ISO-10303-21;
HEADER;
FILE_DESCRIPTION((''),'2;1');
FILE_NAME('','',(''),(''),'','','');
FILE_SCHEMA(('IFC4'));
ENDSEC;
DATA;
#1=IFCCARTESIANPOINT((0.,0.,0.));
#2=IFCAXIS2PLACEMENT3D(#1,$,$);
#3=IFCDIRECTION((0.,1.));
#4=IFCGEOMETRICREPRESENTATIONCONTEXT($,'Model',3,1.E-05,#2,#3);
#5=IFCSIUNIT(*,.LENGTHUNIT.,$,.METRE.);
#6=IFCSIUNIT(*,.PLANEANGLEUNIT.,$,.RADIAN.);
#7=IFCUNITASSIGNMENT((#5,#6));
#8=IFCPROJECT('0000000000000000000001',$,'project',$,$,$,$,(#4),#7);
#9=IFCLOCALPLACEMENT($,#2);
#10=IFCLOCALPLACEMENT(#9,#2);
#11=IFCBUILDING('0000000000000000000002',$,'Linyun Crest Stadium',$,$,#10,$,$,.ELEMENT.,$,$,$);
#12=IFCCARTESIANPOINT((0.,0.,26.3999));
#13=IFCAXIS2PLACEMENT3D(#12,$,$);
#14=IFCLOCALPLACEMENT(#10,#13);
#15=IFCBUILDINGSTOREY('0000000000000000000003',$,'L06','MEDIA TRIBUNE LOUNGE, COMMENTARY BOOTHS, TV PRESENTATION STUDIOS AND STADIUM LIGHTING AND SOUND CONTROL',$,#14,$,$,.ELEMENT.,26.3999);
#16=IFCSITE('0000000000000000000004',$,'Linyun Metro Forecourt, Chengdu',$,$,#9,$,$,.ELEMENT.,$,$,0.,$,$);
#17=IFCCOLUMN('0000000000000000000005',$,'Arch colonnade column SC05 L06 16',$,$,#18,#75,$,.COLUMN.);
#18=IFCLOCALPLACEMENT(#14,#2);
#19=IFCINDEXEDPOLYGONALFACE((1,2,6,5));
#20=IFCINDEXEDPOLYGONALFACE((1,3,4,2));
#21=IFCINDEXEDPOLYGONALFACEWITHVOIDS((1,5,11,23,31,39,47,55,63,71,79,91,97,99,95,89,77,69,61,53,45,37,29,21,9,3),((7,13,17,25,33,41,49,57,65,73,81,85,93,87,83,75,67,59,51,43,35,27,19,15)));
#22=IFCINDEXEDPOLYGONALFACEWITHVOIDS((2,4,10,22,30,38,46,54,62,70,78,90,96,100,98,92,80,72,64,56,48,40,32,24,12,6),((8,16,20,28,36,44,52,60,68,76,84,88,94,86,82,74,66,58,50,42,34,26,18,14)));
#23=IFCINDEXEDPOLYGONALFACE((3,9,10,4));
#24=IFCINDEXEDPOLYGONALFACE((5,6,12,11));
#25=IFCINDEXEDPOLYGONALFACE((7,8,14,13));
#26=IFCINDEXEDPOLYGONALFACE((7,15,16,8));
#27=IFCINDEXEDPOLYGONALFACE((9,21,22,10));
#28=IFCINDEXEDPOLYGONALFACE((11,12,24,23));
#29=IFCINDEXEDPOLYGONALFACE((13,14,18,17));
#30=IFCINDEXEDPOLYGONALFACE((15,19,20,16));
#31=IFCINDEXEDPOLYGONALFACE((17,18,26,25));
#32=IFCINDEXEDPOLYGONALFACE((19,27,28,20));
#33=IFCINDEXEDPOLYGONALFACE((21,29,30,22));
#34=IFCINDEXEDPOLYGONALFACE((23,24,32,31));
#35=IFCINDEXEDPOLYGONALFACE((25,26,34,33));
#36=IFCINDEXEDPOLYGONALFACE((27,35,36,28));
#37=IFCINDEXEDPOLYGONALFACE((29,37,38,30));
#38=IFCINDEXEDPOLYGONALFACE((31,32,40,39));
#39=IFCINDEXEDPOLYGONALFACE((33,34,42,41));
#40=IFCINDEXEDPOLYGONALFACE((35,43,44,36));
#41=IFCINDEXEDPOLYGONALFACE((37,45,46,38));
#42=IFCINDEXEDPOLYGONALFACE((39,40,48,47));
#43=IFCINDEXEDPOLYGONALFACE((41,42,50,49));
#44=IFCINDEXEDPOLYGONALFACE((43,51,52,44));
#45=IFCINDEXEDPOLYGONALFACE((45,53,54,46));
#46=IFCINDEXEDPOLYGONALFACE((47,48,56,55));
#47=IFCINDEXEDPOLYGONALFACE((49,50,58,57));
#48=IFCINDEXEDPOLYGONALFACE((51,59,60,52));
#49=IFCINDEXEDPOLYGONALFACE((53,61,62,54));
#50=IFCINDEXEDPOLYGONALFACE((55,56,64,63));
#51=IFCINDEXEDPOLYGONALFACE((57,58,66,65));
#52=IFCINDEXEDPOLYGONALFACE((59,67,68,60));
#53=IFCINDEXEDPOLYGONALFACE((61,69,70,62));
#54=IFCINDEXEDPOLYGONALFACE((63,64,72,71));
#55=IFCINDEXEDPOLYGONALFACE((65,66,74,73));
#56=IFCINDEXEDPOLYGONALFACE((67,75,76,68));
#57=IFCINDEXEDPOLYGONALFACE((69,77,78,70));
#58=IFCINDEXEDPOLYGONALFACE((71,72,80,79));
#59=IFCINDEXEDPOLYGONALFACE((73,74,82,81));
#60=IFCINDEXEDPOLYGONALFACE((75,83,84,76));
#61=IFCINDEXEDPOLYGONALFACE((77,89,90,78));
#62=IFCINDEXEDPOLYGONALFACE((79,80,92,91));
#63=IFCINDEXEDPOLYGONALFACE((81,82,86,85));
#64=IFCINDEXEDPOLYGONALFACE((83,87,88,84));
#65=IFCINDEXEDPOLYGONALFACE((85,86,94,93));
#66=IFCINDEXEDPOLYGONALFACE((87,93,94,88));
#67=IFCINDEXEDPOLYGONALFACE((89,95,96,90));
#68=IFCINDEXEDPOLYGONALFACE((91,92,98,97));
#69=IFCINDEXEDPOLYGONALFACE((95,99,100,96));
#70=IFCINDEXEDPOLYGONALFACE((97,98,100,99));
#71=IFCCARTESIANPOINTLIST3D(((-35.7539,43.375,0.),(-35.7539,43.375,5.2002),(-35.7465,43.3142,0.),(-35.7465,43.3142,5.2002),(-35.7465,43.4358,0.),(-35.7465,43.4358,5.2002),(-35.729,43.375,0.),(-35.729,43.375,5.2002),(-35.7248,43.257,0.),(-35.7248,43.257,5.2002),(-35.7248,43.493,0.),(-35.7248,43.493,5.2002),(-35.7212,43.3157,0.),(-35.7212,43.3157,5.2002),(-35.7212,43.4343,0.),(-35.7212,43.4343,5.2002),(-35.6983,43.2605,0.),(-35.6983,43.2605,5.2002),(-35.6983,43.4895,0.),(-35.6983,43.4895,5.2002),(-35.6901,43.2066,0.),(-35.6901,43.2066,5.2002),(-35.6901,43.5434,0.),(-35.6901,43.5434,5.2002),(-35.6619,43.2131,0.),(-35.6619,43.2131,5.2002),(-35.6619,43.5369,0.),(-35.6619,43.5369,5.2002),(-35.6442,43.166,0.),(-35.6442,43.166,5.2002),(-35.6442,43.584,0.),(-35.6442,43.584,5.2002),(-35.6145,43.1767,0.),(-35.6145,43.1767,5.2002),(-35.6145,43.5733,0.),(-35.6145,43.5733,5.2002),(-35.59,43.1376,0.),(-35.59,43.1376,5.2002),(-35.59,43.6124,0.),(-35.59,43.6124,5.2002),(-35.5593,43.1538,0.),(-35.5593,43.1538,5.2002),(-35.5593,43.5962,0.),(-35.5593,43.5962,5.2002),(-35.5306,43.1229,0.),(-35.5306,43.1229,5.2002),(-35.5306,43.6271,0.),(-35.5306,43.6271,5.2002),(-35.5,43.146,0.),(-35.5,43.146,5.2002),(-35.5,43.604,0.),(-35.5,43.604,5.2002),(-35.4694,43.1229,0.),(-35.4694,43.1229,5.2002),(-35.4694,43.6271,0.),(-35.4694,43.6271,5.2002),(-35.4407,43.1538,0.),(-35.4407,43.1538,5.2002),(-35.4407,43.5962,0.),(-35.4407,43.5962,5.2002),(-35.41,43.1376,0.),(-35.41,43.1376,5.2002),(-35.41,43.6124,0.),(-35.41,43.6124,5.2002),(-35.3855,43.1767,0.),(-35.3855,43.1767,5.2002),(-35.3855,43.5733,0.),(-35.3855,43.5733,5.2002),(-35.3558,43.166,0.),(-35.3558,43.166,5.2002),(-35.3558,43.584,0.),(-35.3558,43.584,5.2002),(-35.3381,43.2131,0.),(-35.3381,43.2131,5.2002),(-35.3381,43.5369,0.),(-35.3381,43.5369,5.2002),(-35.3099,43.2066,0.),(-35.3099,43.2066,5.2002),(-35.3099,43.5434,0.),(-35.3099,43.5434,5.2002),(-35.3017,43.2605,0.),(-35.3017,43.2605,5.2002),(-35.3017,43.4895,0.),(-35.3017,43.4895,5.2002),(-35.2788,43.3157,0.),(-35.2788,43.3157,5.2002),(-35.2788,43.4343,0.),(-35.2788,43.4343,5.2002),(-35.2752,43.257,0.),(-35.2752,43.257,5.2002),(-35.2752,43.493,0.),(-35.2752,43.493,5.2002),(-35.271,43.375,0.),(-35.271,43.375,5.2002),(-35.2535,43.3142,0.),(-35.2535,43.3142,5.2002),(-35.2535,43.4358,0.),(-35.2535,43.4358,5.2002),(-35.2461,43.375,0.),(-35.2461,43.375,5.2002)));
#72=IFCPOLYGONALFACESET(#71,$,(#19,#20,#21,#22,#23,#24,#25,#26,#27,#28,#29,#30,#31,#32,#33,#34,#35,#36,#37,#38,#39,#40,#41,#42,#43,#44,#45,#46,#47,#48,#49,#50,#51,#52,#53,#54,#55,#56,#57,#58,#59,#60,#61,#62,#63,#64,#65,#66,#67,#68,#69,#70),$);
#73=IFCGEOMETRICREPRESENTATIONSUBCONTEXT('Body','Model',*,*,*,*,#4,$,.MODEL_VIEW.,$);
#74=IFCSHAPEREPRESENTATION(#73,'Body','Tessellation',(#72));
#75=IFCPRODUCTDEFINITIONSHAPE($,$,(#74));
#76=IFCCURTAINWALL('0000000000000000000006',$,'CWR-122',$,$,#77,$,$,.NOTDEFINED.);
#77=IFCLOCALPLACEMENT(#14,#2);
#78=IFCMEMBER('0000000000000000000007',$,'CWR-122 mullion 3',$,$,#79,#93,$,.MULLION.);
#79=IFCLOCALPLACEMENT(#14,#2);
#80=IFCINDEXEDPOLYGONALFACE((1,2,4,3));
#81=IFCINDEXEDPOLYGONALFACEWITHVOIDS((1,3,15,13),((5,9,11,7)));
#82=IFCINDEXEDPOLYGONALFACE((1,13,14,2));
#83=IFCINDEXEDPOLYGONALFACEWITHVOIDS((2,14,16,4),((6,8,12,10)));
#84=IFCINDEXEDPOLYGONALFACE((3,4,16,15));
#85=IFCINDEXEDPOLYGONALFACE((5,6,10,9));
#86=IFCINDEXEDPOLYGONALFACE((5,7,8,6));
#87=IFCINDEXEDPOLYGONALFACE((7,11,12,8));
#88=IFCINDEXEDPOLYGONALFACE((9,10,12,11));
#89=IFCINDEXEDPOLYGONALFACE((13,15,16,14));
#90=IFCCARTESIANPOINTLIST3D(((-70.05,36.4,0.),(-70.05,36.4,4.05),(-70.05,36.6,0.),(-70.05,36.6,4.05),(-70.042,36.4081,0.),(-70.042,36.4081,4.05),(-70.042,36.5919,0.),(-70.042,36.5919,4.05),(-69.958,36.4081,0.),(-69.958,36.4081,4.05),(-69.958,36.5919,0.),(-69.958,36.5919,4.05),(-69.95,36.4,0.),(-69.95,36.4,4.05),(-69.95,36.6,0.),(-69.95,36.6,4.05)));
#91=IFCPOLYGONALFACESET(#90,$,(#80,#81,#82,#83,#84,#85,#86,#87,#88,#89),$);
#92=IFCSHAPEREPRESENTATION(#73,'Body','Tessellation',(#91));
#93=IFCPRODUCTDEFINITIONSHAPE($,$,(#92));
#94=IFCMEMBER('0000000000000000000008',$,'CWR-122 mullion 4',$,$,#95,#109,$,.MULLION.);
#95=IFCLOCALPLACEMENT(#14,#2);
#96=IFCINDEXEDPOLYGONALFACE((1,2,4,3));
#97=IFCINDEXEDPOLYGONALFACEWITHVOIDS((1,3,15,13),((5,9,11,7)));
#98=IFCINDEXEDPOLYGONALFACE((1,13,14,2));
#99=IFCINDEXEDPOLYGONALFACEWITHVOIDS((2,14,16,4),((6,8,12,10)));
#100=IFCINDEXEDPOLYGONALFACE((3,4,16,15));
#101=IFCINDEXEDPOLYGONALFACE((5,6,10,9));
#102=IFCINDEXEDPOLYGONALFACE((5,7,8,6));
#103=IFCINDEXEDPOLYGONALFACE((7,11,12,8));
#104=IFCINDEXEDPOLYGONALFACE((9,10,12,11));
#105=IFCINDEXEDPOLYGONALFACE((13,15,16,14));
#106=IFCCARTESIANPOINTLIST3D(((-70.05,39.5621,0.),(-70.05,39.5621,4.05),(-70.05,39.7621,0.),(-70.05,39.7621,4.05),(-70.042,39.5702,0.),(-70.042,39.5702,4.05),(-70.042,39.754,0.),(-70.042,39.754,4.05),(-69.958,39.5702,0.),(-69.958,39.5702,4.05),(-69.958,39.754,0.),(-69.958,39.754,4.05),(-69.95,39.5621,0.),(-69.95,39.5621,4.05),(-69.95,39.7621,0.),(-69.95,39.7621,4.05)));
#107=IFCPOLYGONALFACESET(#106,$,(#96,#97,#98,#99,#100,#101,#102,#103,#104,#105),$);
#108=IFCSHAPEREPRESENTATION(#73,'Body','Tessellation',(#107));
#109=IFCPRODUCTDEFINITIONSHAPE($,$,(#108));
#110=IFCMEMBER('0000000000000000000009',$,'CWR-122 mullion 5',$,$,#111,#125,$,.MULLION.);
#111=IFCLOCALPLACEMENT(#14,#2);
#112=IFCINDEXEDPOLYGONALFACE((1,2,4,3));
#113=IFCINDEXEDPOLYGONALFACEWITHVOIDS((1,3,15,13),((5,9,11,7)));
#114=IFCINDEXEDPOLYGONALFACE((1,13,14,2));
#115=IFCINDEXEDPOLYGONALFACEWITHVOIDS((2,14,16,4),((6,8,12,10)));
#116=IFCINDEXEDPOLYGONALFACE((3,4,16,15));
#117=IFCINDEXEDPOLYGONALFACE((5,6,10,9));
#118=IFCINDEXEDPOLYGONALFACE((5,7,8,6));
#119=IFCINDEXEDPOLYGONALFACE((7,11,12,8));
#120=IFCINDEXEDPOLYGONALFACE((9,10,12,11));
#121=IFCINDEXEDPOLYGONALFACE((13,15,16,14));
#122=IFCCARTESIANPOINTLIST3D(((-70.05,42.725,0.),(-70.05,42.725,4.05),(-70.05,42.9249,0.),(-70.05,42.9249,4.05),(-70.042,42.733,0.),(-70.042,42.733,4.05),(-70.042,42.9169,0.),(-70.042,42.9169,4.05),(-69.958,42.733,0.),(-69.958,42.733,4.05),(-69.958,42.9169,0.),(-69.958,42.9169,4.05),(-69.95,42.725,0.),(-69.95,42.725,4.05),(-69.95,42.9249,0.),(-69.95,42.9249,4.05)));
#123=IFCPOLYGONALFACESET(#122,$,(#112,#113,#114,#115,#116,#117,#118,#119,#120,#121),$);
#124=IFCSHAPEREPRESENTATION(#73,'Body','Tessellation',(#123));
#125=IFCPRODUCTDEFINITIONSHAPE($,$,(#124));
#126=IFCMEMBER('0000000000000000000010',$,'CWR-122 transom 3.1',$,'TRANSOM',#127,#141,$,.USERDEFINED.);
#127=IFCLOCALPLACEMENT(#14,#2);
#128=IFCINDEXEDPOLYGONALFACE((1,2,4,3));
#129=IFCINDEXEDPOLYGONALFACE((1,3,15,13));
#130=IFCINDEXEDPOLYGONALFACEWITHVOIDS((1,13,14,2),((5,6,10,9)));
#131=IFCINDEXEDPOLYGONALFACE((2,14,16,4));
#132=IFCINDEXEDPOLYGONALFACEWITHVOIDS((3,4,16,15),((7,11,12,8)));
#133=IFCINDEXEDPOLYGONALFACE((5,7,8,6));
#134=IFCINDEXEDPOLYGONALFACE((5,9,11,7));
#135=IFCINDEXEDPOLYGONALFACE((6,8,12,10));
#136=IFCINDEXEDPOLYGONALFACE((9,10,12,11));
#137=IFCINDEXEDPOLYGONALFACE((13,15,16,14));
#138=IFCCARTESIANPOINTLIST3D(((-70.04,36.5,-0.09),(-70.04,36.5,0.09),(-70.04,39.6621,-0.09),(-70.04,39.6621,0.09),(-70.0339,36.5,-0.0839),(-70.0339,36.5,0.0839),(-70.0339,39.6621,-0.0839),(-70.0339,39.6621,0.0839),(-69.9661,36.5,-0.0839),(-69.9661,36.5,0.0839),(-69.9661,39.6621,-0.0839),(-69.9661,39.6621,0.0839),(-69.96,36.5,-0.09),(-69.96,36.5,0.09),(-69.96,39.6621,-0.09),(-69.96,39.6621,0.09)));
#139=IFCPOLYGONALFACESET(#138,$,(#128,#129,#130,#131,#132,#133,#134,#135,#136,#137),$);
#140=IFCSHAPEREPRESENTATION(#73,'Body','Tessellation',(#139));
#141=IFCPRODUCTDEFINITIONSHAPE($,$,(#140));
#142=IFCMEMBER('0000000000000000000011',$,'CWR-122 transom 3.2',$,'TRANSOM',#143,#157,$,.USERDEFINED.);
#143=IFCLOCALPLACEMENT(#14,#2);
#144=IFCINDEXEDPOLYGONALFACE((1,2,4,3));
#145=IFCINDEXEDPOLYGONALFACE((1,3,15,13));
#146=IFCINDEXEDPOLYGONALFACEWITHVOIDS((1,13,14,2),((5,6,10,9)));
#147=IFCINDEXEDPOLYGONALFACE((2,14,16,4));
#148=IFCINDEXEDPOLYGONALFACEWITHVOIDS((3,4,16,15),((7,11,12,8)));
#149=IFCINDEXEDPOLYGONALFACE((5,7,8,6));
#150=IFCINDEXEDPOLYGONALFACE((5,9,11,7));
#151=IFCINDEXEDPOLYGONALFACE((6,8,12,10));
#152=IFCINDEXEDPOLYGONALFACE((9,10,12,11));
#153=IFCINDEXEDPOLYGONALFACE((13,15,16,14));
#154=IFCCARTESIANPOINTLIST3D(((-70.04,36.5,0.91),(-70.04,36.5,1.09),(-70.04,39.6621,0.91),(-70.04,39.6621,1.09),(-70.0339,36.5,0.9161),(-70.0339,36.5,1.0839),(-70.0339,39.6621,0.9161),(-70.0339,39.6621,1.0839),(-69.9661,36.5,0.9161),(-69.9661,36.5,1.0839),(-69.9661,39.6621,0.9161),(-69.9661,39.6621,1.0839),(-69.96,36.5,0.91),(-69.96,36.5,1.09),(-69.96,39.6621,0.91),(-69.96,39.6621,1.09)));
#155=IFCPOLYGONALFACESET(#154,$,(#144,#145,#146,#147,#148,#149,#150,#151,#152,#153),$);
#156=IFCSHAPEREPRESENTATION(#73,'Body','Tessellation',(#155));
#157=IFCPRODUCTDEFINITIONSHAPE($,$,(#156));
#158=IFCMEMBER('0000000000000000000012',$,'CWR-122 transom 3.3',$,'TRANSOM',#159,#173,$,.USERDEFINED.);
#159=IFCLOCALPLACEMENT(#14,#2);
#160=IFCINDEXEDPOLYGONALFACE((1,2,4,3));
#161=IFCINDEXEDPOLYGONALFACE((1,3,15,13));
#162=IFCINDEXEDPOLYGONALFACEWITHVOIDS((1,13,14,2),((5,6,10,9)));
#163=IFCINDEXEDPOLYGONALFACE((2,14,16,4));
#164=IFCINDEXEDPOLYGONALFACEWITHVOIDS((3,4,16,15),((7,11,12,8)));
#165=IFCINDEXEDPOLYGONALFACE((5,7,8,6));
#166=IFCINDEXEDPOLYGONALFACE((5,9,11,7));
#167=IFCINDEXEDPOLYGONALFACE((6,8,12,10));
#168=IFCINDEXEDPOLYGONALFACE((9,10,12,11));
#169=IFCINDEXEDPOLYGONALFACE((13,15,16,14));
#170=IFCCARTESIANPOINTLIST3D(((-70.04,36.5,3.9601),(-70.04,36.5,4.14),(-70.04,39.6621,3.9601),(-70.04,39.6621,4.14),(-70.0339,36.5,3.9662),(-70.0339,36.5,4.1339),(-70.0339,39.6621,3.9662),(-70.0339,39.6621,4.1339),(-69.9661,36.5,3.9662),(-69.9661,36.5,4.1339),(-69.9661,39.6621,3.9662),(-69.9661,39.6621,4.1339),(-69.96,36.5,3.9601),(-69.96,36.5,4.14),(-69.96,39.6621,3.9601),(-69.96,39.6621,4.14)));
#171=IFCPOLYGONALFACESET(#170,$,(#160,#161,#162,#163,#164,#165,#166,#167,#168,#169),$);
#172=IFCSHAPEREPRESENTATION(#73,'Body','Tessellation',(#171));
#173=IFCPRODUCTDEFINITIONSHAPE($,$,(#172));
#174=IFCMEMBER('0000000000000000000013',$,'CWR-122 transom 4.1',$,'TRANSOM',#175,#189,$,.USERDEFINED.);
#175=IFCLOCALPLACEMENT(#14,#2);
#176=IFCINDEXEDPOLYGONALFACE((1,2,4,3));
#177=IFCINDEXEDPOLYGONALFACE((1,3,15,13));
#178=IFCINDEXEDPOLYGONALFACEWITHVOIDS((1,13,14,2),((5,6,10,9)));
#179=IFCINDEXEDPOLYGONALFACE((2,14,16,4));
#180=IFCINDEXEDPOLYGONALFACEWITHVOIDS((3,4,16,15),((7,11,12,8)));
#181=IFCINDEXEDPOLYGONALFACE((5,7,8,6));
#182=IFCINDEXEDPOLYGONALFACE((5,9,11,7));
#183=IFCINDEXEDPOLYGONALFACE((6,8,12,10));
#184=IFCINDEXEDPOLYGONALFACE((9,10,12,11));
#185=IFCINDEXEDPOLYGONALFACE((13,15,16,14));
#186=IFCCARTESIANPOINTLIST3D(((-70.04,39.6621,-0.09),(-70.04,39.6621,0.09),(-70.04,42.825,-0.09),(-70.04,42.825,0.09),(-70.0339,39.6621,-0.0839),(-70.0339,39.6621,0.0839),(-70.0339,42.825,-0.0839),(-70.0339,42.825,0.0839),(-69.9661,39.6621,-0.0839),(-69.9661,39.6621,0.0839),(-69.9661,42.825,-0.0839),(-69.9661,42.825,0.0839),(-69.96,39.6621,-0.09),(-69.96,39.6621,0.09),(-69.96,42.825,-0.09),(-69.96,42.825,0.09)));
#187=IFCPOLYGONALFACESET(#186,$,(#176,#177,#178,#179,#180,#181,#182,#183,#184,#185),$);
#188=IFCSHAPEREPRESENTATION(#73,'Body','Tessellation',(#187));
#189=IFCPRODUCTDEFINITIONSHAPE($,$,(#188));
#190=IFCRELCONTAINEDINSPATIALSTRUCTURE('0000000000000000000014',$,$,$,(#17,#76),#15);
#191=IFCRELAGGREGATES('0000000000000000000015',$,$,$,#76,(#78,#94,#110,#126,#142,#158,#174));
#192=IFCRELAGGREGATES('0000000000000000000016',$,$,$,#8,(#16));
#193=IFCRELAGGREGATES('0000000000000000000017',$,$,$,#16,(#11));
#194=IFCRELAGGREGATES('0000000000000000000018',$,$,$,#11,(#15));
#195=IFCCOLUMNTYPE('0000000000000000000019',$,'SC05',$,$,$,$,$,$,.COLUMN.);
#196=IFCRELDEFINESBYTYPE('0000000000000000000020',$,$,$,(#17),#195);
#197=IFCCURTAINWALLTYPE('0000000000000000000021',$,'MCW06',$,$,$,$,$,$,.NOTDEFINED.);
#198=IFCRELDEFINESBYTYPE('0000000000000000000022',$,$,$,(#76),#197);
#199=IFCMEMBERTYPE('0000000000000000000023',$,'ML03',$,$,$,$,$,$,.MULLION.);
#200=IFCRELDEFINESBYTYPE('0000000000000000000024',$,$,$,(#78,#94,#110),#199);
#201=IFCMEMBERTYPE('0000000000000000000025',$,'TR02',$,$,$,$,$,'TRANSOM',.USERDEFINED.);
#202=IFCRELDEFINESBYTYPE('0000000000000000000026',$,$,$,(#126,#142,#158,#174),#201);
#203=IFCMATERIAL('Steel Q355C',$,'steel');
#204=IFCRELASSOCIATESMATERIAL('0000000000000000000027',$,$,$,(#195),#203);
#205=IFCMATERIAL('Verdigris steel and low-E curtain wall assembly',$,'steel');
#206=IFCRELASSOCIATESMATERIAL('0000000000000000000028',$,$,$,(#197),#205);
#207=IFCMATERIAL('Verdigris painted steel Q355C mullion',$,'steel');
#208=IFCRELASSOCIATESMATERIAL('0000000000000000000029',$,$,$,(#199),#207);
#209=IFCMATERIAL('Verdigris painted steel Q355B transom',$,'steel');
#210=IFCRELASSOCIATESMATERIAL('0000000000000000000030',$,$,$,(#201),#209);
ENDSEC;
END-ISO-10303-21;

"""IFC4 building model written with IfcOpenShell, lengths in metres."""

from ifc_helpers import new_model, si_unit, direction, frame, origin, origin_2d, place, context, subcontext, project, spatial, hollow_rectangle, hollow_circle, extrude, material, material_profile, profile_set, type_object, element, aggregate, save


model = new_model("IFC4")

# Units and contexts
model_context = context("Model", 3, precision=1e-05, world=origin(), true_north=direction((0.0, 1.0)))
body_context = subcontext(model_context, "Body", "Model", "MODEL_VIEW")
ifc_project = project(units=[si_unit("LENGTHUNIT", "METRE"), si_unit("PLANEANGLEUNIT", "RADIAN")], contexts=[model_context])

# Site, building, storey
site_placement = place(None, origin())
site = spatial("IfcSite", under=ifc_project, at=site_placement, Name="Linyun Metro Forecourt, Chengdu", CompositionType="ELEMENT", RefElevation=0.0)
building_placement = place(site_placement, origin())
building = spatial("IfcBuilding", under=site, at=building_placement, Name="Linyun Crest Stadium", CompositionType="ELEMENT")
storey_placement = place(building_placement, frame((0.0, 0.0, 26.3999)))
storey = spatial("IfcBuildingStorey", under=building, at=storey_placement, Name="L06", Description="MEDIA TRIBUNE LOUNGE, COMMENTARY BOOTHS, TV PRESENTATION STUDIOS AND STADIUM LIGHTING AND SOUND CONTROL", CompositionType="ELEMENT", Elevation=26.3999)

# Column
ifc_material_1 = material(Name="Steel Q355C", Category="steel")
ifc_material_profile_1 = material_profile(ifc_material_1, hollow_circle(Radius=0.2539, WallThickness=0.0249, at=origin_2d()), Name="CHS 508x25")
ifc_profile_set_1 = profile_set([ifc_material_profile_1], Name="Steel Q355C")
column_type_1 = type_object("IfcColumnType", Name="SC05", PredefinedType="COLUMN", material=ifc_profile_set_1)
for number, where, z_axis, x_axis, name in (
    (1, (-35.5, 43.375, 0.0), (0.0, 0.0, 1.0), (1.0, 0.0, 0.0), "Arch colonnade column SC05 L06 16"),
):
    element("IfcColumn", number, at=place(storey_placement, frame(where, z_axis=z_axis, x_axis=x_axis)), inside=storey, type_object=column_type_1, Name=name, PredefinedType="COLUMN", context=body_context, shape_type="SweptSolid", body=[
        extrude(hollow_circle(Radius=0.2539, WallThickness=0.0249, at=origin_2d()), origin(), (0.0, 0.0, 1.0), 5.2002),
    ])

# Curtain wall, members
ifc_material_2 = material(Name="Verdigris steel and low-E curtain wall assembly", Category="steel")
curtain_wall_type_1 = type_object("IfcCurtainWallType", Name="MCW06", PredefinedType="NOTDEFINED", material=ifc_material_2)
curtain_wall_1_placement = place(storey_placement, origin())
curtain_wall_1 = element("IfcCurtainWall", 2, at=curtain_wall_1_placement, inside=storey, type_object=curtain_wall_type_1, Name="CWR-122", PredefinedType="NOTDEFINED")
ifc_material_3 = material(Name="Verdigris painted steel Q355C mullion", Category="steel")
ifc_material_profile_2 = material_profile(ifc_material_3, hollow_rectangle(XDim=0.1001, YDim=0.2, WallThickness=0.0081, at=origin_2d()), Name="RHS 200x100x8")
ifc_profile_set_2 = profile_set([ifc_material_profile_2], Name="Verdigris painted steel Q355C mullion")
member_type_1 = type_object("IfcMemberType", Name="ML03", PredefinedType="MULLION", material=ifc_profile_set_2)
member_1_placement = place(storey_placement, frame((-70.0, 36.5, 0.0), z_axis=(0.0, 0.0, 1.0), x_axis=(-1.0, 0.0, 0.0)))
member_1 = element("IfcMember", 3, at=member_1_placement, type_object=member_type_1, Name="CWR-122 mullion 3", PredefinedType="MULLION", context=body_context, shape_type="SweptSolid", body=[
    extrude(hollow_rectangle(XDim=0.1001, YDim=0.2, WallThickness=0.0081, at=origin_2d()), origin(), (0.0, 0.0, 1.0), 4.05),
])
member_2_placement = place(storey_placement, frame((-70.0, 39.6621, 0.0), z_axis=(0.0, 0.0, 1.0), x_axis=(-1.0, 0.0, 0.0)))
member_2 = element("IfcMember", 4, at=member_2_placement, type_object=member_type_1, Name="CWR-122 mullion 4", PredefinedType="MULLION", context=body_context, shape_type="SweptSolid", body=[
    extrude(hollow_rectangle(XDim=0.1001, YDim=0.2, WallThickness=0.0081, at=origin_2d()), origin(), (0.0, 0.0, 1.0), 4.05),
])
member_3_placement = place(storey_placement, frame((-70.0, 42.825, 0.0), z_axis=(0.0, 0.0, 1.0), x_axis=(-1.0, 0.0, 0.0)))
member_3 = element("IfcMember", 5, at=member_3_placement, type_object=member_type_1, Name="CWR-122 mullion 5", PredefinedType="MULLION", context=body_context, shape_type="SweptSolid", body=[
    extrude(hollow_rectangle(XDim=0.1001, YDim=0.2, WallThickness=0.0081, at=origin_2d()), origin(), (0.0, 0.0, 1.0), 4.05),
])
ifc_material_4 = material(Name="Verdigris painted steel Q355B transom", Category="steel")
ifc_material_profile_3 = material_profile(ifc_material_4, hollow_rectangle(XDim=0.0801, YDim=0.1799, WallThickness=0.0061, at=origin_2d()), Name="RHS 180x80x6")
ifc_profile_set_3 = profile_set([ifc_material_profile_3], Name="Verdigris painted steel Q355B transom")
member_type_2 = type_object("IfcMemberType", Name="TR02", ElementType="TRANSOM", PredefinedType="USERDEFINED", material=ifc_profile_set_3)
member_4_placement = place(storey_placement, frame((-70.0, 36.5, 0.0), z_axis=(0.0, 1.0, 0.0), x_axis=(-1.0, 0.0, 0.0)))
member_4 = element("IfcMember", 6, at=member_4_placement, type_object=member_type_2, Name="CWR-122 transom 3.1", ObjectType="TRANSOM", PredefinedType="USERDEFINED", context=body_context, shape_type="SweptSolid", body=[
    extrude(hollow_rectangle(XDim=0.0801, YDim=0.1799, WallThickness=0.0061, at=origin_2d()), origin(), (0.0, 0.0, 1.0), 3.1621),
])
member_5_placement = place(storey_placement, frame((-70.0, 36.5, 1.0), z_axis=(0.0, 1.0, 0.0), x_axis=(-1.0, 0.0, 0.0)))
member_5 = element("IfcMember", 7, at=member_5_placement, type_object=member_type_2, Name="CWR-122 transom 3.2", ObjectType="TRANSOM", PredefinedType="USERDEFINED", context=body_context, shape_type="SweptSolid", body=[
    extrude(hollow_rectangle(XDim=0.0801, YDim=0.1799, WallThickness=0.0061, at=origin_2d()), origin(), (0.0, 0.0, 1.0), 3.1621),
])
member_6_placement = place(storey_placement, frame((-70.0, 36.5, 4.05), z_axis=(0.0, 1.0, 0.0), x_axis=(-1.0, 0.0, 0.0)))
member_6 = element("IfcMember", 8, at=member_6_placement, type_object=member_type_2, Name="CWR-122 transom 3.3", ObjectType="TRANSOM", PredefinedType="USERDEFINED", context=body_context, shape_type="SweptSolid", body=[
    extrude(hollow_rectangle(XDim=0.0801, YDim=0.1799, WallThickness=0.0061, at=origin_2d()), origin(), (0.0, 0.0, 1.0), 3.1621),
])
member_7_placement = place(storey_placement, frame((-70.0, 39.6621, 0.0), z_axis=(0.0, 1.0, 0.0), x_axis=(-1.0, 0.0, 0.0)))
member_7 = element("IfcMember", 9, at=member_7_placement, type_object=member_type_2, Name="CWR-122 transom 4.1", ObjectType="TRANSOM", PredefinedType="USERDEFINED", context=body_context, shape_type="SweptSolid", body=[
    extrude(hollow_rectangle(XDim=0.0801, YDim=0.1799, WallThickness=0.0061, at=origin_2d()), origin(), (0.0, 0.0, 1.0), 3.1628),
])

aggregate(curtain_wall_1, [member_1, member_2, member_3, member_4, member_5, member_6, member_7])

save(model, "model.ifc")
